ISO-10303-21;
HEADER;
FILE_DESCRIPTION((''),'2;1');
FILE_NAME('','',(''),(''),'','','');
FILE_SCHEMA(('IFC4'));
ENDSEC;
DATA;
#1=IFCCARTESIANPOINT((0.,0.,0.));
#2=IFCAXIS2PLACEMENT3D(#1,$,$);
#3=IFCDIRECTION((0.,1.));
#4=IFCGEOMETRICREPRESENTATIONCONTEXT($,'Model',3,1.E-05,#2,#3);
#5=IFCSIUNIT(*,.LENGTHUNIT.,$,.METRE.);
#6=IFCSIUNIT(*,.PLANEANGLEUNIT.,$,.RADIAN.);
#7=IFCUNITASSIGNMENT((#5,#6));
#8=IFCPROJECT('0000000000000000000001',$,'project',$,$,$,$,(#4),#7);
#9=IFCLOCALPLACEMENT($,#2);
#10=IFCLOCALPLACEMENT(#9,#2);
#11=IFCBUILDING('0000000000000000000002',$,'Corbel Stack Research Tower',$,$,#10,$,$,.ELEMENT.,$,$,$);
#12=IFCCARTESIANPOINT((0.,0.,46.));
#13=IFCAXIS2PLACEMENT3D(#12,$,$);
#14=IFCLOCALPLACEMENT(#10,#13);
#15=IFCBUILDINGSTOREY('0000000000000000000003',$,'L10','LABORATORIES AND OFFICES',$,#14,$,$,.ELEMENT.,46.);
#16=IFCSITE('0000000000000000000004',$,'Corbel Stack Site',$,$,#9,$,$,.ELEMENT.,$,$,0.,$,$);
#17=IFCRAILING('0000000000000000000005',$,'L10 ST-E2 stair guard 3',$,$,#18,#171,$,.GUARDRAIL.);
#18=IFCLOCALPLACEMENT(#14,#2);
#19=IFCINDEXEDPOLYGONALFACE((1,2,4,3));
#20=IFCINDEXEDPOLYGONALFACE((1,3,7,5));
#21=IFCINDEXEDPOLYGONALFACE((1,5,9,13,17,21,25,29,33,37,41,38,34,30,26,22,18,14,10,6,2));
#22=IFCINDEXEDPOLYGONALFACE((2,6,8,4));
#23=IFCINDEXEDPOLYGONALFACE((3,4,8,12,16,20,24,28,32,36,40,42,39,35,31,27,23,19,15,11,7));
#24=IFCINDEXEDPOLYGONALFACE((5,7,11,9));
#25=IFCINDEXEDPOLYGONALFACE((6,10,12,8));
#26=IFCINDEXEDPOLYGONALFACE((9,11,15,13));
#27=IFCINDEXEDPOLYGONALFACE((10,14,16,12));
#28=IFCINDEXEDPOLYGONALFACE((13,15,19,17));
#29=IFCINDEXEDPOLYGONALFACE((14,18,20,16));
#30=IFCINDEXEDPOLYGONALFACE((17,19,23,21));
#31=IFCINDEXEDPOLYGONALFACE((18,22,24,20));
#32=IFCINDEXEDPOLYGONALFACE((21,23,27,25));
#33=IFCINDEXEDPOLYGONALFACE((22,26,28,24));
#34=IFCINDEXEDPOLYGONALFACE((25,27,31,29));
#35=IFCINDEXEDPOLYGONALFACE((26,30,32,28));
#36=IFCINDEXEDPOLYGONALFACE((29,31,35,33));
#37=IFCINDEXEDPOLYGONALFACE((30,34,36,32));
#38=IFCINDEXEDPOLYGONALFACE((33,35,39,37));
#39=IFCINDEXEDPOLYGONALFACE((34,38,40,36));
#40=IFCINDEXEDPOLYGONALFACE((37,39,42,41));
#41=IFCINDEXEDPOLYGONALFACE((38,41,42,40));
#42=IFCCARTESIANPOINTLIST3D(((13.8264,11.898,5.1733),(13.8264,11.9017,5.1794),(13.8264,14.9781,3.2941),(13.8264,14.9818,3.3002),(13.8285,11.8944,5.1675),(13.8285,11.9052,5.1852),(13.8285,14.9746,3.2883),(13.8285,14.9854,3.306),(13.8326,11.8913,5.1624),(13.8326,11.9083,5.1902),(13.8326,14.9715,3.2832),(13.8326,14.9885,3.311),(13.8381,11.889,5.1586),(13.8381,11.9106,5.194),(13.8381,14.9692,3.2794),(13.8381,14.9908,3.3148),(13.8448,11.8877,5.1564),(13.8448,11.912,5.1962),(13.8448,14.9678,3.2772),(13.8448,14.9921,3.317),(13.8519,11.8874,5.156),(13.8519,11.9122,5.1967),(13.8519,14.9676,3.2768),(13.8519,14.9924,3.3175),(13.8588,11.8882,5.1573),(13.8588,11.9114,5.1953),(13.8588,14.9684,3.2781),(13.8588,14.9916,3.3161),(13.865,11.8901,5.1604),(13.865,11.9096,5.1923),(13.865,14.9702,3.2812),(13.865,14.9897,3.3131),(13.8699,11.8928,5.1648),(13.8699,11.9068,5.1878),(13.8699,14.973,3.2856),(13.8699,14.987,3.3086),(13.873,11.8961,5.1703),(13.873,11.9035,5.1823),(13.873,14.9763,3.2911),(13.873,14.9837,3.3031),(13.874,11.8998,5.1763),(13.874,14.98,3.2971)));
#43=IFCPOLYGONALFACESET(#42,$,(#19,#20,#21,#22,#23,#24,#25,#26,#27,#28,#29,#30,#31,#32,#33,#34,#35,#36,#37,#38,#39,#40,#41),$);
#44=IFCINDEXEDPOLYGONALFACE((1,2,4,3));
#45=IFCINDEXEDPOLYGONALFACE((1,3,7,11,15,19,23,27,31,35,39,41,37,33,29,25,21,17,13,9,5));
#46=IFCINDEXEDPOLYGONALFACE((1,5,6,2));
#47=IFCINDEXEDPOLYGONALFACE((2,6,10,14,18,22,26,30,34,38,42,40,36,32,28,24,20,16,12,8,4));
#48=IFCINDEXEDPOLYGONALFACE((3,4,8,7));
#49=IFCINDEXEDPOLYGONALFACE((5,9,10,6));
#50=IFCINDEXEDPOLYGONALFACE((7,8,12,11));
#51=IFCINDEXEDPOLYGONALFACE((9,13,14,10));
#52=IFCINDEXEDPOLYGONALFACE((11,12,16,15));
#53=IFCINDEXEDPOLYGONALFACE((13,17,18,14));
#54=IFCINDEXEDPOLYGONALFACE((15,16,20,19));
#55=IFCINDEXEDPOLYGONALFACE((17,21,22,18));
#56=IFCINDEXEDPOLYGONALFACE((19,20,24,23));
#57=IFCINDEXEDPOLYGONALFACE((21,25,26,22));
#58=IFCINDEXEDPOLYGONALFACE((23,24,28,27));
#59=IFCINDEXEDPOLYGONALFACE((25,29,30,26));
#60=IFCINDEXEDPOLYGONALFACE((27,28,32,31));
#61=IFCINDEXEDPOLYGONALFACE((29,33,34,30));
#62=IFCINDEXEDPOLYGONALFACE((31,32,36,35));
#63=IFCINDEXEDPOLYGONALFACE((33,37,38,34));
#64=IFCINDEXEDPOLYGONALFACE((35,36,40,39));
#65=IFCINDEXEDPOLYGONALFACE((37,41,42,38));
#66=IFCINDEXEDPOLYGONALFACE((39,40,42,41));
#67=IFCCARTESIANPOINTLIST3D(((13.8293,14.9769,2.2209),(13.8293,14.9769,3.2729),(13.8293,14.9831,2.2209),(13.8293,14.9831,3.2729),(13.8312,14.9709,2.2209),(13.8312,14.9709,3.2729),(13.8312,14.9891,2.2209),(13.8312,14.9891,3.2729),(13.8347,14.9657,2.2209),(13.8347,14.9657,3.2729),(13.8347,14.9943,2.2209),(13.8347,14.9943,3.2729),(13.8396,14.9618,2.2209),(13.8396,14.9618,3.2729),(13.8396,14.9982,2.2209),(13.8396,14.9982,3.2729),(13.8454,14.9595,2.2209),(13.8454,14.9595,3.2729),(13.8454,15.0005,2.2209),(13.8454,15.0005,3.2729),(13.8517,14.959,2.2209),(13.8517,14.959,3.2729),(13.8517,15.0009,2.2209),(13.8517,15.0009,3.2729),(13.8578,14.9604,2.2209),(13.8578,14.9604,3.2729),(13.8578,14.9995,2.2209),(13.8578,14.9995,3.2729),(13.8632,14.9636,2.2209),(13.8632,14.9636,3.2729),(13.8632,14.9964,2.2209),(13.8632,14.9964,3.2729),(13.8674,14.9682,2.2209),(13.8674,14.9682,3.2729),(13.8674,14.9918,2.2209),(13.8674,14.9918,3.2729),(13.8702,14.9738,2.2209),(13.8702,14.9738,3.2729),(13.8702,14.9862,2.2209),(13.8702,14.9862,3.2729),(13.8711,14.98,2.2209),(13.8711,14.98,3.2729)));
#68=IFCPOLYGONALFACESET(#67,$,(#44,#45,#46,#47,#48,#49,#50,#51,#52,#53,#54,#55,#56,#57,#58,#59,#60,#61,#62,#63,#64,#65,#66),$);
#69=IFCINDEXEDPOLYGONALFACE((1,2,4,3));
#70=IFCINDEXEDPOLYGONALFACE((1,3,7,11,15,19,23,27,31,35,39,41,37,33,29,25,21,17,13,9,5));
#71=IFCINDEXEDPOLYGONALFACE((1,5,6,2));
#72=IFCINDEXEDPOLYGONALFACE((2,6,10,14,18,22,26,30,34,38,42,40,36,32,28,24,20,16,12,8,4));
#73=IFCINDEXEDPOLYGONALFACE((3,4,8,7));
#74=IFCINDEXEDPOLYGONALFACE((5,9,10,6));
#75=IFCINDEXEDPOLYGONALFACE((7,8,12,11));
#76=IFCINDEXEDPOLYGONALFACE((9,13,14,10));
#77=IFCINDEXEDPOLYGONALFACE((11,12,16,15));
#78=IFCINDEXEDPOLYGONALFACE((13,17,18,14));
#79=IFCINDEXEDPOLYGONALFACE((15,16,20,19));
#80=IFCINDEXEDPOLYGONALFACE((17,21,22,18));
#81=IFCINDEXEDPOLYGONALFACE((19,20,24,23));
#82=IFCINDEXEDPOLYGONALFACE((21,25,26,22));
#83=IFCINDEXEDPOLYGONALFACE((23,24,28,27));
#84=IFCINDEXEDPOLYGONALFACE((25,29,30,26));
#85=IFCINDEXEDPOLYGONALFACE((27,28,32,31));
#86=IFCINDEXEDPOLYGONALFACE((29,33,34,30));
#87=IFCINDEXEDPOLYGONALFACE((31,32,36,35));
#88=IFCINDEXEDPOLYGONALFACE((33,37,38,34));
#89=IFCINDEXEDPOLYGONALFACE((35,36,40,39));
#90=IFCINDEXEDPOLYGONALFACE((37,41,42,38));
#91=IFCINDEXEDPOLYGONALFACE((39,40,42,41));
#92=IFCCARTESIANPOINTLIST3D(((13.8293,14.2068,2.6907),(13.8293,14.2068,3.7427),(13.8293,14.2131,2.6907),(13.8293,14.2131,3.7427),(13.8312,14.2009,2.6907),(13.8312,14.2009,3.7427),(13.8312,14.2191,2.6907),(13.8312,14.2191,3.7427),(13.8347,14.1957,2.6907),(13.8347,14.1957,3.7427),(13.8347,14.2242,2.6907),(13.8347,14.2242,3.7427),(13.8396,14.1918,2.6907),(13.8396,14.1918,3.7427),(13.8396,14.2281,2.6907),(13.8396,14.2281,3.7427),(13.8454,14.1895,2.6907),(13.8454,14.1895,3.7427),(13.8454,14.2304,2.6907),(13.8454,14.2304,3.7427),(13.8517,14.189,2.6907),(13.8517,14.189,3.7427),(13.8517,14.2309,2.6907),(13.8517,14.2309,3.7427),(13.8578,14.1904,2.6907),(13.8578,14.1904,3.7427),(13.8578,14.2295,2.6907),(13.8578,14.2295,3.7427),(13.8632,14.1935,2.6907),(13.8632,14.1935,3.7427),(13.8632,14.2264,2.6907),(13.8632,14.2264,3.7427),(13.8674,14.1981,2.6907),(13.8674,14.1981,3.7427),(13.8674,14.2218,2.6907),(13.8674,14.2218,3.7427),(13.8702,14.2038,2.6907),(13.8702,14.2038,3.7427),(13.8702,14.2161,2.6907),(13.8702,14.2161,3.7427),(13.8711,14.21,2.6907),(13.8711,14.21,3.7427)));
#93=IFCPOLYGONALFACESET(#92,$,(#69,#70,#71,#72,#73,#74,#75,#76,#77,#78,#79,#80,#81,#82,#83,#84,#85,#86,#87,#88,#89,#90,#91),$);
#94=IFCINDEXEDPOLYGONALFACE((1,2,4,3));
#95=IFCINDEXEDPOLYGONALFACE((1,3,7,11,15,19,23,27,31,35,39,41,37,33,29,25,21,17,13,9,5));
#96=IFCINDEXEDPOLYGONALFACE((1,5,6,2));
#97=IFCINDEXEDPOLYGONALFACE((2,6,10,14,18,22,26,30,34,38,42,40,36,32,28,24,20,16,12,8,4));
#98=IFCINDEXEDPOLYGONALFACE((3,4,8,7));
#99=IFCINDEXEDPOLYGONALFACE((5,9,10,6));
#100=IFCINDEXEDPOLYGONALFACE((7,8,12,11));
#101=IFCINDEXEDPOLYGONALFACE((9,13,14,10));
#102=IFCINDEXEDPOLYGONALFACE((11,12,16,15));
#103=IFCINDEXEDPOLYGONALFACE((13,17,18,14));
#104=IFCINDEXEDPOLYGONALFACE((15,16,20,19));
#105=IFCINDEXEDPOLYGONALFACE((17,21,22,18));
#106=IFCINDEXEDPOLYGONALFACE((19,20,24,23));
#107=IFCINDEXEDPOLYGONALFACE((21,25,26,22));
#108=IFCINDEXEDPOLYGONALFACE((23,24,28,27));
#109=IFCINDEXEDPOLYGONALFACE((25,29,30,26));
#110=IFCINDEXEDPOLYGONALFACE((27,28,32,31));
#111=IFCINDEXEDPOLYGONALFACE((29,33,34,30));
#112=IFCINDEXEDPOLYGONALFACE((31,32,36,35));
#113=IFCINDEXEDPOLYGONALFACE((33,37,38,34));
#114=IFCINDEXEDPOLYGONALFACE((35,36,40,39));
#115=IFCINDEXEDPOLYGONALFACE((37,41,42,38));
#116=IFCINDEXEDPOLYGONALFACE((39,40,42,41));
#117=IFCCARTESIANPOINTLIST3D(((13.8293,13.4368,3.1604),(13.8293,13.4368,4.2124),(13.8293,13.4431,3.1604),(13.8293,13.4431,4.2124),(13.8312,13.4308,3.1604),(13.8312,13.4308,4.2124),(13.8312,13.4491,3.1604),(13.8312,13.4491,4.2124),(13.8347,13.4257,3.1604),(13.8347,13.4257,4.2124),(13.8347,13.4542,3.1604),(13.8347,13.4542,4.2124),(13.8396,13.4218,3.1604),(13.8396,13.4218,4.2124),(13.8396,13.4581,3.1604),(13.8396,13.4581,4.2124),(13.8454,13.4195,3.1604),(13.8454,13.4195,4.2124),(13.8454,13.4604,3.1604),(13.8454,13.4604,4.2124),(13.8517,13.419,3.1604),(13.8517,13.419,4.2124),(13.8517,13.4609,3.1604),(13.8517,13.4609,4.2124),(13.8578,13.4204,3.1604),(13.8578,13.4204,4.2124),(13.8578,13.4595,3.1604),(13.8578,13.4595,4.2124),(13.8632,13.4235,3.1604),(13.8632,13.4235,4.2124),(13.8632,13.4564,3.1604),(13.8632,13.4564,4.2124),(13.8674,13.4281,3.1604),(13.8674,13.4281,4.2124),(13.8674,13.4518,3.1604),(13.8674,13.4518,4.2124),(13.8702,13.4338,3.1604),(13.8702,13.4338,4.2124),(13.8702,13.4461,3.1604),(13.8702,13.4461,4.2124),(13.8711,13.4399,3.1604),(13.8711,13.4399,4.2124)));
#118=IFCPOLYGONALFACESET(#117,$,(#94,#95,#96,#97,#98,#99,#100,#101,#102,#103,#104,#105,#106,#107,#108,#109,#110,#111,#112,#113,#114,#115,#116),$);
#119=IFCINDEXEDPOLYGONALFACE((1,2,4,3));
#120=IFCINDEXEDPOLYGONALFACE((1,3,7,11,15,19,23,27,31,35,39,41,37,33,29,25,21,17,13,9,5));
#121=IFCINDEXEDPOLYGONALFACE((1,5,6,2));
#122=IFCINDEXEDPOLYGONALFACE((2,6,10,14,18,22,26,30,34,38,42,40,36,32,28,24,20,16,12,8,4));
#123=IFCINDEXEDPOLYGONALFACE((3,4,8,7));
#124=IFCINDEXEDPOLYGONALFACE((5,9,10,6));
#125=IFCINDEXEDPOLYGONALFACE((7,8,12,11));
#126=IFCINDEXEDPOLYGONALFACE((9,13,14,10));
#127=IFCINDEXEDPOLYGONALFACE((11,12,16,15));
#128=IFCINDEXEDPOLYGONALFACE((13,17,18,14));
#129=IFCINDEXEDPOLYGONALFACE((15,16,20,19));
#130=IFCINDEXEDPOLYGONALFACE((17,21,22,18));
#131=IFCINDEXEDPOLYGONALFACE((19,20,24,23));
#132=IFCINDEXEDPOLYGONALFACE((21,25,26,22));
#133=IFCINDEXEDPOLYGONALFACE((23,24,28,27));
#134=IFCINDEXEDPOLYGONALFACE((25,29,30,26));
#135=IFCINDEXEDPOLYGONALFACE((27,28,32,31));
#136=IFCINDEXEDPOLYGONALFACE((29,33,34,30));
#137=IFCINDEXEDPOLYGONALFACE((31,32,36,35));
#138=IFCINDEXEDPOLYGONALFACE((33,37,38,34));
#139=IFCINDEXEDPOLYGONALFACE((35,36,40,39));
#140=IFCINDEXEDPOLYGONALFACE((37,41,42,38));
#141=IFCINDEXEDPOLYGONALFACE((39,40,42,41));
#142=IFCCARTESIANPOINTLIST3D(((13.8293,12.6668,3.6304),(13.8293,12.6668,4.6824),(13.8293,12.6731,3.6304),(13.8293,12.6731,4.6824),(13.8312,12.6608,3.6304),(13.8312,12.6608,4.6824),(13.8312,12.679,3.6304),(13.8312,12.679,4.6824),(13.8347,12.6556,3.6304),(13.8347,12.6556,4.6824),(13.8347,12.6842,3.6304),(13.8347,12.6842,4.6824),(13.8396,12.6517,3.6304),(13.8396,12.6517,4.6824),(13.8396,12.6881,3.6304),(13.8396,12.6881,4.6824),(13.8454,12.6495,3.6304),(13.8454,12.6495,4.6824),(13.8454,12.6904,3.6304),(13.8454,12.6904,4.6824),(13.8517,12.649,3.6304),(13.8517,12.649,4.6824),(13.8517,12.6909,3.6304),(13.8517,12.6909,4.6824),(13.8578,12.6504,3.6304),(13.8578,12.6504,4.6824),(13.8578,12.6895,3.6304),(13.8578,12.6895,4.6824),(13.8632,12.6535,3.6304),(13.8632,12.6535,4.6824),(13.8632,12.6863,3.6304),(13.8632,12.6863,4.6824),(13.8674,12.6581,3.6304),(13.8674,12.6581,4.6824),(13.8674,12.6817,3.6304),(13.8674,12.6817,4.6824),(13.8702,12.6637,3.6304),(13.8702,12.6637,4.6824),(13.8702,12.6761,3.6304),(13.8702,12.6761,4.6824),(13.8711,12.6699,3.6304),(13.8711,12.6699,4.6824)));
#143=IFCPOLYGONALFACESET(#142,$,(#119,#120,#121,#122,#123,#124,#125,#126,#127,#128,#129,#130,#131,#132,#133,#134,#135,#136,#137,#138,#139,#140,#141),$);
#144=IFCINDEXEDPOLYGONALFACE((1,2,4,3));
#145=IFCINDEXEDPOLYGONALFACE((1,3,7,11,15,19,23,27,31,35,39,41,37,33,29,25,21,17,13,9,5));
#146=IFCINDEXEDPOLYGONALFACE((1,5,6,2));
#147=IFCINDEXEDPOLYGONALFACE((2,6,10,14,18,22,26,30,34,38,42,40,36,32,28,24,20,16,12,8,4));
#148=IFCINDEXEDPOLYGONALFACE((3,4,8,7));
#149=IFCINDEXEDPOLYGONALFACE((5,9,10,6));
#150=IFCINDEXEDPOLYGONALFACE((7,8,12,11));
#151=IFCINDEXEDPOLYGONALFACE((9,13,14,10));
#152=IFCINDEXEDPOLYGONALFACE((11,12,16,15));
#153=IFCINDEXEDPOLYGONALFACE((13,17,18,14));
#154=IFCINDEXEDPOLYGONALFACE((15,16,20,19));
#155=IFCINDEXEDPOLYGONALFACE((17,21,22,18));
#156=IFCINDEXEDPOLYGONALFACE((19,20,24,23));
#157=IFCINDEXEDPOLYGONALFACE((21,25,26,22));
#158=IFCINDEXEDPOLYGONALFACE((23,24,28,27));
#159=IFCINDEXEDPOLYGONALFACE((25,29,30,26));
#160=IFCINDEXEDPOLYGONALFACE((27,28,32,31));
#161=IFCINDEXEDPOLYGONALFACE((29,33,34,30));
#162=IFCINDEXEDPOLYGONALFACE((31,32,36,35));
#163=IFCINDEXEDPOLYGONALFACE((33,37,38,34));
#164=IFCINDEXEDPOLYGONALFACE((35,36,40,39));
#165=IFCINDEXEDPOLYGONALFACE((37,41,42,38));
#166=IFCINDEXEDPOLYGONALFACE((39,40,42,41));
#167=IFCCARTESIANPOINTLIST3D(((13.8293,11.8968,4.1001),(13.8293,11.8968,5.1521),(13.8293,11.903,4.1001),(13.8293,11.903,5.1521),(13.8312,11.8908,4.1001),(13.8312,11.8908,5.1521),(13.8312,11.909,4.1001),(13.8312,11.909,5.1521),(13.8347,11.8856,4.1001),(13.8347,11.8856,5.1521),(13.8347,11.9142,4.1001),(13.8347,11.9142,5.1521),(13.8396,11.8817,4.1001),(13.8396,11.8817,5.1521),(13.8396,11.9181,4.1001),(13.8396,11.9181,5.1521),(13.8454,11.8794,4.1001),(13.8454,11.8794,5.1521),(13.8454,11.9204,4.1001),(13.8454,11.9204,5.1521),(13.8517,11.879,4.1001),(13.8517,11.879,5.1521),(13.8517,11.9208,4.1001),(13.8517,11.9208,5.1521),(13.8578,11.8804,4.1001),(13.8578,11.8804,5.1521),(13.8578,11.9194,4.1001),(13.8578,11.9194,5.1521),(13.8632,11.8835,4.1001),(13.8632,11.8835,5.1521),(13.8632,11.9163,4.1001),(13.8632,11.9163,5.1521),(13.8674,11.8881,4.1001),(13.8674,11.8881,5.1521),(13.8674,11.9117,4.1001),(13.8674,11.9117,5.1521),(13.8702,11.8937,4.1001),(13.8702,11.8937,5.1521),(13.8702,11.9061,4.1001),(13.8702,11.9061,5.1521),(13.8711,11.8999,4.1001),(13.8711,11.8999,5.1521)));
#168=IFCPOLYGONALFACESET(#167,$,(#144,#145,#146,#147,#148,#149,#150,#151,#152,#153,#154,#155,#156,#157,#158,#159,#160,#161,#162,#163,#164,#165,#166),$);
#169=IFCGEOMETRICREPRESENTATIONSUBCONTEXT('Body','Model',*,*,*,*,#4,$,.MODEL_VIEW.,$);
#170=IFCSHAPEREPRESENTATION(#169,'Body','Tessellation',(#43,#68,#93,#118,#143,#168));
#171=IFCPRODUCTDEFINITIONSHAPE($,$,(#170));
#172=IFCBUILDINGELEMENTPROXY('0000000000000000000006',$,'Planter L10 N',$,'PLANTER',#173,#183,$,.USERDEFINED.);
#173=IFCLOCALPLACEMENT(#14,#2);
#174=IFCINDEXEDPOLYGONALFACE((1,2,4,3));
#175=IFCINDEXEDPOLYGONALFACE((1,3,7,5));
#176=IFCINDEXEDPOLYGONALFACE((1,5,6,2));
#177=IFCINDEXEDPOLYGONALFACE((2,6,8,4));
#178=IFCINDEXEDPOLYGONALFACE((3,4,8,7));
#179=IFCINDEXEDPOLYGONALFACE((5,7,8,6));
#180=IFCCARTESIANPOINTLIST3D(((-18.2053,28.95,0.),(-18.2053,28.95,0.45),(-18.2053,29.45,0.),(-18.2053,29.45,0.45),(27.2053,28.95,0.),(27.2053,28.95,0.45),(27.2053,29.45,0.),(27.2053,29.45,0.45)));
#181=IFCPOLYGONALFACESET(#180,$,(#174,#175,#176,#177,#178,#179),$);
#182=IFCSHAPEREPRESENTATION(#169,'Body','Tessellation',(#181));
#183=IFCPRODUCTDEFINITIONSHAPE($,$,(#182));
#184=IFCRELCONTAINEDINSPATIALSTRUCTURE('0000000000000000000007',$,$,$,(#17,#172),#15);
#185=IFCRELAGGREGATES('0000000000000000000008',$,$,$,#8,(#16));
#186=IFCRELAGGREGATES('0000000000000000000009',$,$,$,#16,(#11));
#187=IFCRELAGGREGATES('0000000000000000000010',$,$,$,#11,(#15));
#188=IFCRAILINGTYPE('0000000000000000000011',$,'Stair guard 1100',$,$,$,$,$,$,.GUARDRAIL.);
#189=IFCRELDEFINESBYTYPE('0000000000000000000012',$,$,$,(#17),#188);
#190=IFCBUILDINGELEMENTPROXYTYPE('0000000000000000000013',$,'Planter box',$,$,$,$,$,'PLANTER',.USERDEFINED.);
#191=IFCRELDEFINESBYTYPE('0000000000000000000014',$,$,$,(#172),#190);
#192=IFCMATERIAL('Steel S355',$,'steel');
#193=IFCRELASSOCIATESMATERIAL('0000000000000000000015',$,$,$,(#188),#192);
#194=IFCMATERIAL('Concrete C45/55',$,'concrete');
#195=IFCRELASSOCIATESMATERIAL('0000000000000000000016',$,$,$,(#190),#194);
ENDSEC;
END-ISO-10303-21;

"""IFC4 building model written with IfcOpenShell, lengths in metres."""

from ifc_helpers import new_model, si_unit, direction, frame, origin, origin_2d, place, context, subcontext, project, spatial, rectangle, circle, extrude, material, type_object, element, save


model = new_model("IFC4")

# Units and contexts
model_context = context("Model", 3, precision=1e-05, world=origin(), true_north=direction((0.0, 1.0)))
body_context = subcontext(model_context, "Body", "Model", "MODEL_VIEW")
ifc_project = project(units=[si_unit("LENGTHUNIT", "METRE"), si_unit("PLANEANGLEUNIT", "RADIAN")], contexts=[model_context])

# Site, building, storey
site_placement = place(None, origin())
site = spatial("IfcSite", under=ifc_project, at=site_placement, Name="Corbel Stack Site", CompositionType="ELEMENT", RefElevation=0.0)
building_placement = place(site_placement, origin())
building = spatial("IfcBuilding", under=site, at=building_placement, Name="Corbel Stack Research Tower", CompositionType="ELEMENT")
storey_placement = place(building_placement, frame((0.0, 0.0, 46.0)))
storey = spatial("IfcBuildingStorey", under=building, at=storey_placement, Name="L10", Description="LABORATORIES AND OFFICES", CompositionType="ELEMENT", Elevation=46.0)

# Railing
ifc_material_1 = material(Name="Steel S355", Category="steel")
railing_type = type_object("IfcRailingType", Name="Stair guard 1100", PredefinedType="GUARDRAIL", material=ifc_material_1)
railing_1_placement = place(storey_placement, frame((13.8501, 14.98, 2.2209)))
element("IfcRailing", 1, at=railing_1_placement, inside=storey, type_object=railing_type, Name="L10 ST-E2 stair guard 3", PredefinedType="GUARDRAIL", context=body_context, shape_type="SweptSolid", body=[
    extrude(circle(Radius=0.0239, at=origin_2d()), frame((0.0, 0.0, 1.0762), z_axis=(0.0, -0.853666, 0.52082), x_axis=(1.0, 0.0, 0.0)), (0.0, 0.0, 1.0), 3.6082),
    extrude(circle(Radius=0.021, at=origin_2d()), origin(), (0.0, 0.0, 1.0), 1.052),
    extrude(circle(Radius=0.021, at=origin_2d()), frame((0.0, -0.77, 0.4697)), (0.0, 0.0, 1.0), 1.052),
    extrude(circle(Radius=0.021, at=origin_2d()), frame((0.0, -1.54, 0.9395)), (0.0, 0.0, 1.0), 1.052),
    extrude(circle(Radius=0.021, at=origin_2d()), frame((0.0, -2.3101, 1.4094)), (0.0, 0.0, 1.0), 1.052),
    extrude(circle(Radius=0.021, at=origin_2d()), frame((0.0, -3.0801, 1.8792)), (0.0, 0.0, 1.0), 1.052),
])

# Building element proxy
ifc_material_2 = material(Name="Concrete C45/55", Category="concrete")
building_element_proxy_type = type_object("IfcBuildingElementProxyType", Name="Planter box", ElementType="PLANTER", PredefinedType="USERDEFINED", material=ifc_material_2)
proxy_placement = place(storey_placement, frame((4.5, 29.2, 0.0), z_axis=(0.0, 0.0, 1.0), x_axis=(-1.0, 0.0, 0.0)))
element("IfcBuildingElementProxy", 2, at=proxy_placement, inside=storey, type_object=building_element_proxy_type, Name="Planter L10 N", ObjectType="PLANTER", PredefinedType="USERDEFINED", context=body_context, shape_type="SweptSolid", body=[
    extrude(rectangle(XDim=45.4106, YDim=0.5, at=origin_2d()), origin(), (0.0, 0.0, 1.0), 0.45),
])

save(model, "model.ifc")
